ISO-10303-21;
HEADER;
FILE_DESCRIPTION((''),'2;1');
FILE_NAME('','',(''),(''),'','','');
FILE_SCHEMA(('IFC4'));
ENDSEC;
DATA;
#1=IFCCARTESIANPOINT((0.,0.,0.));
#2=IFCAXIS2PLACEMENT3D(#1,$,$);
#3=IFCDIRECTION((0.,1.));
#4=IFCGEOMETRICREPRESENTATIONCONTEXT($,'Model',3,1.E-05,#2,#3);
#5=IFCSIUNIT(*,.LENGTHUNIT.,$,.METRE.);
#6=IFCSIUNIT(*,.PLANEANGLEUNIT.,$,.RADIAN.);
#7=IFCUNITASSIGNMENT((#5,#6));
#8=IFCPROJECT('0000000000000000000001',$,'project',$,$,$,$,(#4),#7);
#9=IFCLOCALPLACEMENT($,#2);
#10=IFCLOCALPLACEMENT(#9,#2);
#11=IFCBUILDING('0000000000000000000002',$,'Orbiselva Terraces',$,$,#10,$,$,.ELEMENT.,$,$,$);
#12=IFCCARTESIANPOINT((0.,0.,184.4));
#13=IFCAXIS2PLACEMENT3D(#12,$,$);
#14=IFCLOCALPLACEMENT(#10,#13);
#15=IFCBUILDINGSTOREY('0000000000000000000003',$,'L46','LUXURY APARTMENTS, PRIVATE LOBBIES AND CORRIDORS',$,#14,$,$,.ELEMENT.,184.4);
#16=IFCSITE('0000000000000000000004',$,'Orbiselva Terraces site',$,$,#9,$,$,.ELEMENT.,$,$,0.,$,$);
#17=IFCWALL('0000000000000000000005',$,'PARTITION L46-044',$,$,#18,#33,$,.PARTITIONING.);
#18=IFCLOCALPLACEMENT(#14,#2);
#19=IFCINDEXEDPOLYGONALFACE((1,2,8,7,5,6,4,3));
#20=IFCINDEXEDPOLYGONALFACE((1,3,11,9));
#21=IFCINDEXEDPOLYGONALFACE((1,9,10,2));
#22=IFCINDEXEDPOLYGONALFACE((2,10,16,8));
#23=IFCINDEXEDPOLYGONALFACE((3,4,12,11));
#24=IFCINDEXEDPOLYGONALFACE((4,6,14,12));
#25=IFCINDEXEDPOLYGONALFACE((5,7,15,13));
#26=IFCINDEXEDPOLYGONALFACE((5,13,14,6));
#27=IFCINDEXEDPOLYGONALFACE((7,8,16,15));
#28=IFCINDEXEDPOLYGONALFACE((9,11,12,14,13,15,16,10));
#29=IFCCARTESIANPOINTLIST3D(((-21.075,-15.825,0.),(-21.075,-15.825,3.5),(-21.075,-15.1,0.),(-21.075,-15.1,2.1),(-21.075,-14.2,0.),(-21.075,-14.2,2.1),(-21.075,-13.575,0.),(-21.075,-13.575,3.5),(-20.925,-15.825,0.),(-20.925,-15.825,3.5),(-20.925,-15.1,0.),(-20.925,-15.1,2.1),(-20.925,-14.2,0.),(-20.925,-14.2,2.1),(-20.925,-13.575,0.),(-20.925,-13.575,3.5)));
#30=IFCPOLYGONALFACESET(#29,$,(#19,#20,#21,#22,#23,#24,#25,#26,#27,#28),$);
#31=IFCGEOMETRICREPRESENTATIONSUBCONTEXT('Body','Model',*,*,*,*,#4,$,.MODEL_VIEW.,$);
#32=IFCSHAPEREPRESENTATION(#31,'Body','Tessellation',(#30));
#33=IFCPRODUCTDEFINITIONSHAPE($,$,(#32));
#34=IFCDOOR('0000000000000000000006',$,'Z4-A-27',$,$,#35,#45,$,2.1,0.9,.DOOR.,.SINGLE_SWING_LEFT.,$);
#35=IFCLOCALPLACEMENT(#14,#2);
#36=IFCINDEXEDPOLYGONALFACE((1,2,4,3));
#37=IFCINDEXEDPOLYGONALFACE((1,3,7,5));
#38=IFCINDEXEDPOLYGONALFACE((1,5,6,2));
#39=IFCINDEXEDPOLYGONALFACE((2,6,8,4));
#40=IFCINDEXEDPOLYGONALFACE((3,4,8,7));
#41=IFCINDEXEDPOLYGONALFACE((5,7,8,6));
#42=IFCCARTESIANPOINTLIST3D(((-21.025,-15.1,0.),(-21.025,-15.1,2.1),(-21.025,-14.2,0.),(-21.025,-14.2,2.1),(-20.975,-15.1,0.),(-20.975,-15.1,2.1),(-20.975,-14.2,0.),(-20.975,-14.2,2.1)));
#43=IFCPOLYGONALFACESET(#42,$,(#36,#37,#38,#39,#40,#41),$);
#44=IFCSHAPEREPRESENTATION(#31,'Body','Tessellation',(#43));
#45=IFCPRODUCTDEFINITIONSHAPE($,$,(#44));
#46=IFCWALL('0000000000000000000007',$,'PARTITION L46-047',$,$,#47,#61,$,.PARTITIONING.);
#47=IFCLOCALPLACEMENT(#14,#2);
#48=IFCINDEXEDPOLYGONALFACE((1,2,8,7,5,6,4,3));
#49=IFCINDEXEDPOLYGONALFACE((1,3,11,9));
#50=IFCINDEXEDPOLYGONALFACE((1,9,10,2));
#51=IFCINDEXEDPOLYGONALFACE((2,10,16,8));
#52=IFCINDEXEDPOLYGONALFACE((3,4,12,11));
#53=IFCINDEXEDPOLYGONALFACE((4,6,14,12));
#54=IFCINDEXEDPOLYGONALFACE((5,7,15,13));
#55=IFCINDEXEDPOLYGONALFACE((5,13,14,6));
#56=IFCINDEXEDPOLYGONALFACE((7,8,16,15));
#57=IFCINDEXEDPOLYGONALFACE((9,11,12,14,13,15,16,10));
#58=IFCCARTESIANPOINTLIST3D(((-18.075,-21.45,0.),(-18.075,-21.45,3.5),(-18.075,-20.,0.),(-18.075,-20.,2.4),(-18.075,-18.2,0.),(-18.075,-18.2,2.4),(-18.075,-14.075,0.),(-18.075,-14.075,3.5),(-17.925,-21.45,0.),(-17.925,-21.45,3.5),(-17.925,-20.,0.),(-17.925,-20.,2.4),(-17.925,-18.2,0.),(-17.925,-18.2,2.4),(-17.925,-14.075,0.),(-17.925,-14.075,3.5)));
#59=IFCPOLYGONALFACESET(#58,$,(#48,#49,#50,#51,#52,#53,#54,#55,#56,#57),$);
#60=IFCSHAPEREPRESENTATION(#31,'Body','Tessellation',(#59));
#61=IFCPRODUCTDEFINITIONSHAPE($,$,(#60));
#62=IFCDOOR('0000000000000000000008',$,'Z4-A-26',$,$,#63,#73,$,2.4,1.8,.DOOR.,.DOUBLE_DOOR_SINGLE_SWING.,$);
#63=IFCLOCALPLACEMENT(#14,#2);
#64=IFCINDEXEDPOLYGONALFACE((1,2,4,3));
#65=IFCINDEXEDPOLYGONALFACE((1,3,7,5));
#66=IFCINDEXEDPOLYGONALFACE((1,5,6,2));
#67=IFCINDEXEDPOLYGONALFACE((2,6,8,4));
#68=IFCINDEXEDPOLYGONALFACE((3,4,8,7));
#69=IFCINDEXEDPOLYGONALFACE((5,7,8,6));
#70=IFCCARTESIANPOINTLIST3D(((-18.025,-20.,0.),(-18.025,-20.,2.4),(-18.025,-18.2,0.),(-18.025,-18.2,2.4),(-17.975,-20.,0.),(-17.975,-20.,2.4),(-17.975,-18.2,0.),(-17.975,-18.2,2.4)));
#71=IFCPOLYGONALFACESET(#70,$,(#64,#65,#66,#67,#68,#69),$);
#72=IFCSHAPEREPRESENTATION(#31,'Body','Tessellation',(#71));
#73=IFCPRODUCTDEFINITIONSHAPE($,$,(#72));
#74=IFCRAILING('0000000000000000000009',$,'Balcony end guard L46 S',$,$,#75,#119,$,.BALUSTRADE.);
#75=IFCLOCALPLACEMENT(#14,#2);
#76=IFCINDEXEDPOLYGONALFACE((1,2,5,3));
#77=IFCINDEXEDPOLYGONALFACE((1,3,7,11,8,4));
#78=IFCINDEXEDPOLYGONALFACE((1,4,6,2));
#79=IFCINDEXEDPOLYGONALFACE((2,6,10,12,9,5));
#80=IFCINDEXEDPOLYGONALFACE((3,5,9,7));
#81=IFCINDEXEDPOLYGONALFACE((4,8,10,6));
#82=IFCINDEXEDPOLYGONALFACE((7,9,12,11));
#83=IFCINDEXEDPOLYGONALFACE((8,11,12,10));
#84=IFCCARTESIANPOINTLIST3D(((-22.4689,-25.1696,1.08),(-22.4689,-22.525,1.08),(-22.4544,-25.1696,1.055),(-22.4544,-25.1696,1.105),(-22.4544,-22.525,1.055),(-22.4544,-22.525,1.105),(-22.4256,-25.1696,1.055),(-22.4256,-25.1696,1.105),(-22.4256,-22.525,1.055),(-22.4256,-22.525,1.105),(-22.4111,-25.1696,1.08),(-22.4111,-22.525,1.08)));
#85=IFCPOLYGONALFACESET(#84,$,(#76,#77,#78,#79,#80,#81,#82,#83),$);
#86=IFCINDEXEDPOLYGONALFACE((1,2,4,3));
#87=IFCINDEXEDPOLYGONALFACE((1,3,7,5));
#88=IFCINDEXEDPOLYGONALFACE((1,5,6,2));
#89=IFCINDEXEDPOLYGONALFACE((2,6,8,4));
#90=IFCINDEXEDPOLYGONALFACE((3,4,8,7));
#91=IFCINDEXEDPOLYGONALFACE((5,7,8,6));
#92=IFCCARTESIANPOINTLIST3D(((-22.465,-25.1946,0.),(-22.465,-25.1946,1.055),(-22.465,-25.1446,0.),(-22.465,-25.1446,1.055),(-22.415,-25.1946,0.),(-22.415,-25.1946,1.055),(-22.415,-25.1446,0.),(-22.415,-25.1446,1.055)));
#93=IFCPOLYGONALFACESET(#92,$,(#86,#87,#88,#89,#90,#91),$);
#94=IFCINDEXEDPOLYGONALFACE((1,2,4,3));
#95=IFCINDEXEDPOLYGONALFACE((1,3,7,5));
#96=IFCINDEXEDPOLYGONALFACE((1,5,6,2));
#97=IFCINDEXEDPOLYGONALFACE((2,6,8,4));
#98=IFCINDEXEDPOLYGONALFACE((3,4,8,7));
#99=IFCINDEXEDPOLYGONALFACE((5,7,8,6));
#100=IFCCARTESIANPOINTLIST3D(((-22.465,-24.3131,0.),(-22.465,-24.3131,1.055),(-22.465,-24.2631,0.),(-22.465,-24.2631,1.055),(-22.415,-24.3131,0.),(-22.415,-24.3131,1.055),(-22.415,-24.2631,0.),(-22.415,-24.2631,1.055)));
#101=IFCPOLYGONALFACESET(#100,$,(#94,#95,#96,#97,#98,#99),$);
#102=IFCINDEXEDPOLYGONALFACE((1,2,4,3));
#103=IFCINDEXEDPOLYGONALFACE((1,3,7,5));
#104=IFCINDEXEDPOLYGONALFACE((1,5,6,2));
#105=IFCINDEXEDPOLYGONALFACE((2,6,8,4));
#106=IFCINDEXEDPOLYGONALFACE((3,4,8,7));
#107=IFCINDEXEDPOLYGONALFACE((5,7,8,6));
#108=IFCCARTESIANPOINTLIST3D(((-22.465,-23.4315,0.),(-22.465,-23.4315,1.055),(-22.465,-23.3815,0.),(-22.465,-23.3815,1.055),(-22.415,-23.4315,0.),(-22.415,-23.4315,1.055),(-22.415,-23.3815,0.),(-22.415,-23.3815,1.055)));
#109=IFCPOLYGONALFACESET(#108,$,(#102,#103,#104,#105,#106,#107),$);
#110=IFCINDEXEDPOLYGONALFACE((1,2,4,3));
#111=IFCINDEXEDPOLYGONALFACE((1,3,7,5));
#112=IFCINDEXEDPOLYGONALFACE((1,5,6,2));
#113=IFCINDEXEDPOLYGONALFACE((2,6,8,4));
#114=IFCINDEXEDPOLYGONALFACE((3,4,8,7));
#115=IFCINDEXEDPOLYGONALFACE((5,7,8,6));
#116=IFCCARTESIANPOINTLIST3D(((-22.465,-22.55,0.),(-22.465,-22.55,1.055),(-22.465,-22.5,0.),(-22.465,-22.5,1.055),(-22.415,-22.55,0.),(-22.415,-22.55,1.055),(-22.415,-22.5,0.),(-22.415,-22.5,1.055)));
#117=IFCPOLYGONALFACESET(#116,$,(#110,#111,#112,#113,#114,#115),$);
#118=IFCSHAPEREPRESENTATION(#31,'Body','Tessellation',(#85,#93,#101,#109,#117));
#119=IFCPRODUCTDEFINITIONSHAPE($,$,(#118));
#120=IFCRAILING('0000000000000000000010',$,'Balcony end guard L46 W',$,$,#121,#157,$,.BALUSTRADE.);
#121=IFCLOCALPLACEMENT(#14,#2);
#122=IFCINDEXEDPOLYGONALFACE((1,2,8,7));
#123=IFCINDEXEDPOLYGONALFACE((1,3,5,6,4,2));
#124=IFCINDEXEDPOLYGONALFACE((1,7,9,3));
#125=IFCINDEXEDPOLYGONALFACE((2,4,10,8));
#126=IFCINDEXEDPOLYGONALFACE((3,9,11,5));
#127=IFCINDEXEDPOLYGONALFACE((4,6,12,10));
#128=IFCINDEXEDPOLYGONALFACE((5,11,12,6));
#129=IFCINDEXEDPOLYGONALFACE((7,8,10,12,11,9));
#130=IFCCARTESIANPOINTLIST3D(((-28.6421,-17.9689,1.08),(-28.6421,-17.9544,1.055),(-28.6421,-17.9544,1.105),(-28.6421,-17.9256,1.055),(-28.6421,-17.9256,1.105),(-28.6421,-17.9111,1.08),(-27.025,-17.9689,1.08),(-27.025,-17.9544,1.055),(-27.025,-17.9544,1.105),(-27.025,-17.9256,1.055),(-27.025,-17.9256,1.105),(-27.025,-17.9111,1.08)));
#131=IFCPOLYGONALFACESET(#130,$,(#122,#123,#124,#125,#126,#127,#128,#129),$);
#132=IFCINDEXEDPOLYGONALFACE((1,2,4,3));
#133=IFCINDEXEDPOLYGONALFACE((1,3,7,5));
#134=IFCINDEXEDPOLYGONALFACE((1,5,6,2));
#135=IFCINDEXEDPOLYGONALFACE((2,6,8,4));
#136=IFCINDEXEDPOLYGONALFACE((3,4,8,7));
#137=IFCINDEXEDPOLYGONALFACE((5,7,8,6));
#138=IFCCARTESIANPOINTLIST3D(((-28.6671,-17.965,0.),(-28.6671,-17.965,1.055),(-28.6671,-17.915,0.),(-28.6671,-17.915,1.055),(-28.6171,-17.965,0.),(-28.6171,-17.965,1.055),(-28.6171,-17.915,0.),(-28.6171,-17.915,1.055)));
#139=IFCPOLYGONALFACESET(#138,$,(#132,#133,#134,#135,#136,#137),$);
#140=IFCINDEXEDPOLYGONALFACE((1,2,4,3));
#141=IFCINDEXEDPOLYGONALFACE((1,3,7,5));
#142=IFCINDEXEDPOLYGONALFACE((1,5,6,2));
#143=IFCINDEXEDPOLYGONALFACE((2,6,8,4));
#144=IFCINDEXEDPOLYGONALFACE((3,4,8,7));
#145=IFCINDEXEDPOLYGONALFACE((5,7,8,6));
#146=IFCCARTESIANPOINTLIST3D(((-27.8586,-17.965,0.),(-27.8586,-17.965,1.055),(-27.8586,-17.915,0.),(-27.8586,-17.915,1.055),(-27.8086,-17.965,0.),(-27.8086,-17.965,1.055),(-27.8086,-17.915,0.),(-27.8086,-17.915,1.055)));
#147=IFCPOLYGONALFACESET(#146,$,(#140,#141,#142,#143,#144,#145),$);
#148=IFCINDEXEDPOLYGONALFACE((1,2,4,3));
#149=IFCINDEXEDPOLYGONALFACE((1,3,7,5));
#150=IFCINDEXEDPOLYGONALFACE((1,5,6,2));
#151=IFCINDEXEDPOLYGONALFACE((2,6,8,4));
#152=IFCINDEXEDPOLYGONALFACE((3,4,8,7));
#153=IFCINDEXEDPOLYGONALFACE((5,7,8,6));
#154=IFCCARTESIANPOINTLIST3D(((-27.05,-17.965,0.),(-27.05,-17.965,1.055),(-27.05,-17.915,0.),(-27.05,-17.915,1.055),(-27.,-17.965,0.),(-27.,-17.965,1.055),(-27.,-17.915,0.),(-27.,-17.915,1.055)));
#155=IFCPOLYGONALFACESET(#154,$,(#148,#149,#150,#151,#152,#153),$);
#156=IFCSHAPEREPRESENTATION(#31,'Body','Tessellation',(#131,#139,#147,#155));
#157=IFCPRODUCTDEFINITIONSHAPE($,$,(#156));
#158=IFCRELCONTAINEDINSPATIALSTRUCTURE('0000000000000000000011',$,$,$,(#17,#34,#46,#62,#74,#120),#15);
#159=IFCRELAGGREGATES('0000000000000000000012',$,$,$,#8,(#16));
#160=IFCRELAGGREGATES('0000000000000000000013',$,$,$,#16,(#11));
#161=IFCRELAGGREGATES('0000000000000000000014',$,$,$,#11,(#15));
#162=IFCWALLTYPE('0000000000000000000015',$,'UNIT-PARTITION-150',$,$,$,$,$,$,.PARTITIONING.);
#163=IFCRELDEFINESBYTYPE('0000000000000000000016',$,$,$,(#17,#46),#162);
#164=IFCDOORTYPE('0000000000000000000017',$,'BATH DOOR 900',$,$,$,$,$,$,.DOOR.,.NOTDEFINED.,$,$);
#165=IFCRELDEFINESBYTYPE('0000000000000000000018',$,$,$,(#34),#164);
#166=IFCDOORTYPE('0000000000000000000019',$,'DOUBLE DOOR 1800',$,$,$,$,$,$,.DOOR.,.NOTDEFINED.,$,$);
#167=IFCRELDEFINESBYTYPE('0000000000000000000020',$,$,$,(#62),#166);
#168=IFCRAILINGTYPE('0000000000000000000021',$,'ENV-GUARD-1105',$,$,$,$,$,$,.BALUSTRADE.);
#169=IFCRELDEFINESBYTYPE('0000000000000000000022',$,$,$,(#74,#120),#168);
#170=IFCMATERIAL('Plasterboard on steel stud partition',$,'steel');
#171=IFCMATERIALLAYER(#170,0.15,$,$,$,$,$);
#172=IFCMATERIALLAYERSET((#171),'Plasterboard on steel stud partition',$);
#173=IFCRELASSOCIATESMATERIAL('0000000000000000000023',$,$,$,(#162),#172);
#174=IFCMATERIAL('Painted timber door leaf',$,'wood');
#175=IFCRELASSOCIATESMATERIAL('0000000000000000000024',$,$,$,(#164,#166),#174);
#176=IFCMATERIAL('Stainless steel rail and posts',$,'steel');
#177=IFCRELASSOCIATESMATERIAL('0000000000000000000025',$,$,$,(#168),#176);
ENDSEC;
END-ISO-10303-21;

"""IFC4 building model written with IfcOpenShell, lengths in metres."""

from ifc_helpers import new_model, si_unit, direction, frame, frame_2d, origin, origin_2d, place, context, subcontext, project, spatial, polyline, rectangle, outline, extrude, material, layer, layer_set, type_object, element, fill, save


model = new_model("IFC4")

# Units and contexts
model_context = context("Model", 3, precision=1e-05, world=origin(), true_north=direction((0.0, 1.0)))
body_context = subcontext(model_context, "Body", "Model", "MODEL_VIEW")
ifc_project = project(units=[si_unit("LENGTHUNIT", "METRE"), si_unit("PLANEANGLEUNIT", "RADIAN")], contexts=[model_context])

# Site, building, storey
site_placement = place(None, origin())
site = spatial("IfcSite", under=ifc_project, at=site_placement, Name="Orbiselva Terraces site", CompositionType="ELEMENT", RefElevation=0.0)
building_placement = place(site_placement, origin())
building = spatial("IfcBuilding", under=site, at=building_placement, Name="Orbiselva Terraces", CompositionType="ELEMENT")
storey_placement = place(building_placement, frame((0.0, 0.0, 184.4)))
storey = spatial("IfcBuildingStorey", under=building, at=storey_placement, Name="L46", Description="LUXURY APARTMENTS, PRIVATE LOBBIES AND CORRIDORS", CompositionType="ELEMENT", Elevation=184.4)

# Shared definitions
ifc_material_1 = material(Name="Plasterboard on steel stud partition", Category="steel")
ifc_layer_1 = layer(ifc_material_1, 0.15)
ifc_layer_set_1 = layer_set([ifc_layer_1], Name="Plasterboard on steel stud partition")
wall_type_1 = type_object("IfcWallType", Name="UNIT-PARTITION-150", PredefinedType="PARTITIONING", material=ifc_layer_set_1)

# Walls, openings, doors
wall_1_placement = place(storey_placement, frame((-21.0, -13.575, 0.0), z_axis=(0.0, 0.0, 1.0), x_axis=(0.0, -1.0, 0.0)))
wall_1 = element("IfcWall", 1, at=wall_1_placement, inside=storey, type_object=wall_type_1, Name="PARTITION L46-044", PredefinedType="PARTITIONING", context=body_context, shape_type="SweptSolid", body=[
    extrude(rectangle(XDim=2.25, YDim=0.15, at=frame_2d((1.125, 0.0))), origin(), (0.0, 0.0, 1.0), 3.5),
])
opening_1_placement = place(wall_1_placement, frame((0.625, 0.0, 0.0)))
opening_1 = element("IfcOpeningElement", 2, at=opening_1_placement, cuts=wall_1, PredefinedType="OPENING", context=body_context, shape_type="SweptSolid", body=[
    extrude(rectangle(XDim=0.9, YDim=2.1, at=frame_2d((0.45, 1.05))), frame((0.0, 0.085, 0.0), z_axis=(0.0, -1.0, 0.0), x_axis=(1.0, 0.0, 0.0)), (0.0, 0.0, 1.0), 0.17),
])
ifc_material_2 = material(Name="Painted timber door leaf", Category="wood")
door_type_1 = type_object("IfcDoorType", Name="BATH DOOR 900", OperationType="NOTDEFINED", PredefinedType="DOOR", material=ifc_material_2)
door_1_placement = place(opening_1_placement, origin())
door_1 = element("IfcDoor", 3, at=door_1_placement, inside=storey, type_object=door_type_1, Name="Z4-A-27", OperationType="SINGLE_SWING_LEFT", OverallHeight=2.1, OverallWidth=0.9, PredefinedType="DOOR", context=body_context, shape_type="SweptSolid", body=[
    extrude(rectangle(XDim=0.9, YDim=2.1, at=frame_2d((0.45, 1.05))), frame((0.0, 0.025, 0.0), z_axis=(0.0, -1.0, 0.0), x_axis=(1.0, 0.0, 0.0)), (0.0, 0.0, 1.0), 0.05),
])
fill(opening_1, door_1)
wall_2_placement = place(storey_placement, frame((-18.0, -21.45, 0.0), z_axis=(0.0, 0.0, 1.0), x_axis=(0.0, 1.0, 0.0)))
wall_2 = element("IfcWall", 4, at=wall_2_placement, inside=storey, type_object=wall_type_1, Name="PARTITION L46-047", PredefinedType="PARTITIONING", context=body_context, shape_type="SweptSolid", body=[
    extrude(rectangle(XDim=7.375, YDim=0.15, at=frame_2d((3.6875, 0.0))), origin(), (0.0, 0.0, 1.0), 3.5),
])
opening_2_placement = place(wall_2_placement, frame((1.45, 0.0, 0.0)))
opening_2 = element("IfcOpeningElement", 5, at=opening_2_placement, cuts=wall_2, PredefinedType="OPENING", context=body_context, shape_type="SweptSolid", body=[
    extrude(rectangle(XDim=1.8, YDim=2.4, at=frame_2d((0.9, 1.2))), frame((0.0, 0.085, 0.0), z_axis=(0.0, -1.0, 0.0), x_axis=(1.0, 0.0, 0.0)), (0.0, 0.0, 1.0), 0.17),
])
door_type_2 = type_object("IfcDoorType", Name="DOUBLE DOOR 1800", OperationType="NOTDEFINED", PredefinedType="DOOR", material=ifc_material_2)
door_2_placement = place(opening_2_placement, origin())
door_2 = element("IfcDoor", 6, at=door_2_placement, inside=storey, type_object=door_type_2, Name="Z4-A-26", OperationType="DOUBLE_DOOR_SINGLE_SWING", OverallHeight=2.4, OverallWidth=1.8, PredefinedType="DOOR", context=body_context, shape_type="SweptSolid", body=[
    extrude(rectangle(XDim=1.8, YDim=2.4, at=frame_2d((0.9, 1.2))), frame((0.0, 0.025, 0.0), z_axis=(0.0, -1.0, 0.0), x_axis=(1.0, 0.0, 0.0)), (0.0, 0.0, 1.0), 0.05),
])
fill(opening_2, door_2)

# Railings
ifc_material_3 = material(Name="Stainless steel rail and posts", Category="steel")
railing_type_1 = type_object("IfcRailingType", Name="ENV-GUARD-1105", PredefinedType="BALUSTRADE", material=ifc_material_3)
railing_1_placement = place(storey_placement, frame((-22.44, -25.1696, 0.0)))
element("IfcRailing", 7, at=railing_1_placement, inside=storey, type_object=railing_type_1, Name="Balcony end guard L46 S", PredefinedType="BALUSTRADE", context=body_context, shape_type="SweptSolid", body=[
    extrude(outline(polyline([(0.0289, 0.0), (0.0144, 0.025), (-0.0144, 0.025), (-0.0289, 0.0), (-0.0144, -0.025), (0.0144, -0.025), (0.0289, 0.0)])), frame((0.0, 0.0, 1.08), z_axis=(0.0, 1.0, 0.0), x_axis=(-1.0, 0.0, 0.0)), (0.0, 0.0, 1.0), 2.6446),
    extrude(rectangle(XDim=0.05, YDim=0.05, at=origin_2d()), origin(), (0.0, 0.0, 1.0), 1.055),
    extrude(rectangle(XDim=0.05, YDim=0.05, at=origin_2d()), frame((0.0, 0.8815, 0.0)), (0.0, 0.0, 1.0), 1.055),
    extrude(rectangle(XDim=0.05, YDim=0.05, at=origin_2d()), frame((0.0, 1.7631, 0.0)), (0.0, 0.0, 1.0), 1.055),
    extrude(rectangle(XDim=0.05, YDim=0.05, at=origin_2d()), frame((0.0, 2.6446, 0.0)), (0.0, 0.0, 1.0), 1.055),
])
railing_2_placement = place(storey_placement, frame((-28.6421, -17.94, 0.0)))
element("IfcRailing", 8, at=railing_2_placement, inside=storey, type_object=railing_type_1, Name="Balcony end guard L46 W", PredefinedType="BALUSTRADE", context=body_context, shape_type="SweptSolid", body=[
    extrude(outline(polyline([(0.0289, 0.0), (0.0144, 0.025), (-0.0144, 0.025), (-0.0289, 0.0), (-0.0144, -0.025), (0.0144, -0.025), (0.0289, 0.0)])), frame((0.0, 0.0, 1.08), z_axis=(1.0, 0.0, 0.0), x_axis=(0.0, 1.0, 0.0)), (0.0, 0.0, 1.0), 1.6171),
    extrude(rectangle(XDim=0.05, YDim=0.05, at=origin_2d()), origin(), (0.0, 0.0, 1.0), 1.055),
    extrude(rectangle(XDim=0.05, YDim=0.05, at=origin_2d()), frame((0.8086, 0.0, 0.0)), (0.0, 0.0, 1.0), 1.055),
    extrude(rectangle(XDim=0.05, YDim=0.05, at=origin_2d()), frame((1.6171, 0.0, 0.0)), (0.0, 0.0, 1.0), 1.055),
])

save(model, "model.ifc")
